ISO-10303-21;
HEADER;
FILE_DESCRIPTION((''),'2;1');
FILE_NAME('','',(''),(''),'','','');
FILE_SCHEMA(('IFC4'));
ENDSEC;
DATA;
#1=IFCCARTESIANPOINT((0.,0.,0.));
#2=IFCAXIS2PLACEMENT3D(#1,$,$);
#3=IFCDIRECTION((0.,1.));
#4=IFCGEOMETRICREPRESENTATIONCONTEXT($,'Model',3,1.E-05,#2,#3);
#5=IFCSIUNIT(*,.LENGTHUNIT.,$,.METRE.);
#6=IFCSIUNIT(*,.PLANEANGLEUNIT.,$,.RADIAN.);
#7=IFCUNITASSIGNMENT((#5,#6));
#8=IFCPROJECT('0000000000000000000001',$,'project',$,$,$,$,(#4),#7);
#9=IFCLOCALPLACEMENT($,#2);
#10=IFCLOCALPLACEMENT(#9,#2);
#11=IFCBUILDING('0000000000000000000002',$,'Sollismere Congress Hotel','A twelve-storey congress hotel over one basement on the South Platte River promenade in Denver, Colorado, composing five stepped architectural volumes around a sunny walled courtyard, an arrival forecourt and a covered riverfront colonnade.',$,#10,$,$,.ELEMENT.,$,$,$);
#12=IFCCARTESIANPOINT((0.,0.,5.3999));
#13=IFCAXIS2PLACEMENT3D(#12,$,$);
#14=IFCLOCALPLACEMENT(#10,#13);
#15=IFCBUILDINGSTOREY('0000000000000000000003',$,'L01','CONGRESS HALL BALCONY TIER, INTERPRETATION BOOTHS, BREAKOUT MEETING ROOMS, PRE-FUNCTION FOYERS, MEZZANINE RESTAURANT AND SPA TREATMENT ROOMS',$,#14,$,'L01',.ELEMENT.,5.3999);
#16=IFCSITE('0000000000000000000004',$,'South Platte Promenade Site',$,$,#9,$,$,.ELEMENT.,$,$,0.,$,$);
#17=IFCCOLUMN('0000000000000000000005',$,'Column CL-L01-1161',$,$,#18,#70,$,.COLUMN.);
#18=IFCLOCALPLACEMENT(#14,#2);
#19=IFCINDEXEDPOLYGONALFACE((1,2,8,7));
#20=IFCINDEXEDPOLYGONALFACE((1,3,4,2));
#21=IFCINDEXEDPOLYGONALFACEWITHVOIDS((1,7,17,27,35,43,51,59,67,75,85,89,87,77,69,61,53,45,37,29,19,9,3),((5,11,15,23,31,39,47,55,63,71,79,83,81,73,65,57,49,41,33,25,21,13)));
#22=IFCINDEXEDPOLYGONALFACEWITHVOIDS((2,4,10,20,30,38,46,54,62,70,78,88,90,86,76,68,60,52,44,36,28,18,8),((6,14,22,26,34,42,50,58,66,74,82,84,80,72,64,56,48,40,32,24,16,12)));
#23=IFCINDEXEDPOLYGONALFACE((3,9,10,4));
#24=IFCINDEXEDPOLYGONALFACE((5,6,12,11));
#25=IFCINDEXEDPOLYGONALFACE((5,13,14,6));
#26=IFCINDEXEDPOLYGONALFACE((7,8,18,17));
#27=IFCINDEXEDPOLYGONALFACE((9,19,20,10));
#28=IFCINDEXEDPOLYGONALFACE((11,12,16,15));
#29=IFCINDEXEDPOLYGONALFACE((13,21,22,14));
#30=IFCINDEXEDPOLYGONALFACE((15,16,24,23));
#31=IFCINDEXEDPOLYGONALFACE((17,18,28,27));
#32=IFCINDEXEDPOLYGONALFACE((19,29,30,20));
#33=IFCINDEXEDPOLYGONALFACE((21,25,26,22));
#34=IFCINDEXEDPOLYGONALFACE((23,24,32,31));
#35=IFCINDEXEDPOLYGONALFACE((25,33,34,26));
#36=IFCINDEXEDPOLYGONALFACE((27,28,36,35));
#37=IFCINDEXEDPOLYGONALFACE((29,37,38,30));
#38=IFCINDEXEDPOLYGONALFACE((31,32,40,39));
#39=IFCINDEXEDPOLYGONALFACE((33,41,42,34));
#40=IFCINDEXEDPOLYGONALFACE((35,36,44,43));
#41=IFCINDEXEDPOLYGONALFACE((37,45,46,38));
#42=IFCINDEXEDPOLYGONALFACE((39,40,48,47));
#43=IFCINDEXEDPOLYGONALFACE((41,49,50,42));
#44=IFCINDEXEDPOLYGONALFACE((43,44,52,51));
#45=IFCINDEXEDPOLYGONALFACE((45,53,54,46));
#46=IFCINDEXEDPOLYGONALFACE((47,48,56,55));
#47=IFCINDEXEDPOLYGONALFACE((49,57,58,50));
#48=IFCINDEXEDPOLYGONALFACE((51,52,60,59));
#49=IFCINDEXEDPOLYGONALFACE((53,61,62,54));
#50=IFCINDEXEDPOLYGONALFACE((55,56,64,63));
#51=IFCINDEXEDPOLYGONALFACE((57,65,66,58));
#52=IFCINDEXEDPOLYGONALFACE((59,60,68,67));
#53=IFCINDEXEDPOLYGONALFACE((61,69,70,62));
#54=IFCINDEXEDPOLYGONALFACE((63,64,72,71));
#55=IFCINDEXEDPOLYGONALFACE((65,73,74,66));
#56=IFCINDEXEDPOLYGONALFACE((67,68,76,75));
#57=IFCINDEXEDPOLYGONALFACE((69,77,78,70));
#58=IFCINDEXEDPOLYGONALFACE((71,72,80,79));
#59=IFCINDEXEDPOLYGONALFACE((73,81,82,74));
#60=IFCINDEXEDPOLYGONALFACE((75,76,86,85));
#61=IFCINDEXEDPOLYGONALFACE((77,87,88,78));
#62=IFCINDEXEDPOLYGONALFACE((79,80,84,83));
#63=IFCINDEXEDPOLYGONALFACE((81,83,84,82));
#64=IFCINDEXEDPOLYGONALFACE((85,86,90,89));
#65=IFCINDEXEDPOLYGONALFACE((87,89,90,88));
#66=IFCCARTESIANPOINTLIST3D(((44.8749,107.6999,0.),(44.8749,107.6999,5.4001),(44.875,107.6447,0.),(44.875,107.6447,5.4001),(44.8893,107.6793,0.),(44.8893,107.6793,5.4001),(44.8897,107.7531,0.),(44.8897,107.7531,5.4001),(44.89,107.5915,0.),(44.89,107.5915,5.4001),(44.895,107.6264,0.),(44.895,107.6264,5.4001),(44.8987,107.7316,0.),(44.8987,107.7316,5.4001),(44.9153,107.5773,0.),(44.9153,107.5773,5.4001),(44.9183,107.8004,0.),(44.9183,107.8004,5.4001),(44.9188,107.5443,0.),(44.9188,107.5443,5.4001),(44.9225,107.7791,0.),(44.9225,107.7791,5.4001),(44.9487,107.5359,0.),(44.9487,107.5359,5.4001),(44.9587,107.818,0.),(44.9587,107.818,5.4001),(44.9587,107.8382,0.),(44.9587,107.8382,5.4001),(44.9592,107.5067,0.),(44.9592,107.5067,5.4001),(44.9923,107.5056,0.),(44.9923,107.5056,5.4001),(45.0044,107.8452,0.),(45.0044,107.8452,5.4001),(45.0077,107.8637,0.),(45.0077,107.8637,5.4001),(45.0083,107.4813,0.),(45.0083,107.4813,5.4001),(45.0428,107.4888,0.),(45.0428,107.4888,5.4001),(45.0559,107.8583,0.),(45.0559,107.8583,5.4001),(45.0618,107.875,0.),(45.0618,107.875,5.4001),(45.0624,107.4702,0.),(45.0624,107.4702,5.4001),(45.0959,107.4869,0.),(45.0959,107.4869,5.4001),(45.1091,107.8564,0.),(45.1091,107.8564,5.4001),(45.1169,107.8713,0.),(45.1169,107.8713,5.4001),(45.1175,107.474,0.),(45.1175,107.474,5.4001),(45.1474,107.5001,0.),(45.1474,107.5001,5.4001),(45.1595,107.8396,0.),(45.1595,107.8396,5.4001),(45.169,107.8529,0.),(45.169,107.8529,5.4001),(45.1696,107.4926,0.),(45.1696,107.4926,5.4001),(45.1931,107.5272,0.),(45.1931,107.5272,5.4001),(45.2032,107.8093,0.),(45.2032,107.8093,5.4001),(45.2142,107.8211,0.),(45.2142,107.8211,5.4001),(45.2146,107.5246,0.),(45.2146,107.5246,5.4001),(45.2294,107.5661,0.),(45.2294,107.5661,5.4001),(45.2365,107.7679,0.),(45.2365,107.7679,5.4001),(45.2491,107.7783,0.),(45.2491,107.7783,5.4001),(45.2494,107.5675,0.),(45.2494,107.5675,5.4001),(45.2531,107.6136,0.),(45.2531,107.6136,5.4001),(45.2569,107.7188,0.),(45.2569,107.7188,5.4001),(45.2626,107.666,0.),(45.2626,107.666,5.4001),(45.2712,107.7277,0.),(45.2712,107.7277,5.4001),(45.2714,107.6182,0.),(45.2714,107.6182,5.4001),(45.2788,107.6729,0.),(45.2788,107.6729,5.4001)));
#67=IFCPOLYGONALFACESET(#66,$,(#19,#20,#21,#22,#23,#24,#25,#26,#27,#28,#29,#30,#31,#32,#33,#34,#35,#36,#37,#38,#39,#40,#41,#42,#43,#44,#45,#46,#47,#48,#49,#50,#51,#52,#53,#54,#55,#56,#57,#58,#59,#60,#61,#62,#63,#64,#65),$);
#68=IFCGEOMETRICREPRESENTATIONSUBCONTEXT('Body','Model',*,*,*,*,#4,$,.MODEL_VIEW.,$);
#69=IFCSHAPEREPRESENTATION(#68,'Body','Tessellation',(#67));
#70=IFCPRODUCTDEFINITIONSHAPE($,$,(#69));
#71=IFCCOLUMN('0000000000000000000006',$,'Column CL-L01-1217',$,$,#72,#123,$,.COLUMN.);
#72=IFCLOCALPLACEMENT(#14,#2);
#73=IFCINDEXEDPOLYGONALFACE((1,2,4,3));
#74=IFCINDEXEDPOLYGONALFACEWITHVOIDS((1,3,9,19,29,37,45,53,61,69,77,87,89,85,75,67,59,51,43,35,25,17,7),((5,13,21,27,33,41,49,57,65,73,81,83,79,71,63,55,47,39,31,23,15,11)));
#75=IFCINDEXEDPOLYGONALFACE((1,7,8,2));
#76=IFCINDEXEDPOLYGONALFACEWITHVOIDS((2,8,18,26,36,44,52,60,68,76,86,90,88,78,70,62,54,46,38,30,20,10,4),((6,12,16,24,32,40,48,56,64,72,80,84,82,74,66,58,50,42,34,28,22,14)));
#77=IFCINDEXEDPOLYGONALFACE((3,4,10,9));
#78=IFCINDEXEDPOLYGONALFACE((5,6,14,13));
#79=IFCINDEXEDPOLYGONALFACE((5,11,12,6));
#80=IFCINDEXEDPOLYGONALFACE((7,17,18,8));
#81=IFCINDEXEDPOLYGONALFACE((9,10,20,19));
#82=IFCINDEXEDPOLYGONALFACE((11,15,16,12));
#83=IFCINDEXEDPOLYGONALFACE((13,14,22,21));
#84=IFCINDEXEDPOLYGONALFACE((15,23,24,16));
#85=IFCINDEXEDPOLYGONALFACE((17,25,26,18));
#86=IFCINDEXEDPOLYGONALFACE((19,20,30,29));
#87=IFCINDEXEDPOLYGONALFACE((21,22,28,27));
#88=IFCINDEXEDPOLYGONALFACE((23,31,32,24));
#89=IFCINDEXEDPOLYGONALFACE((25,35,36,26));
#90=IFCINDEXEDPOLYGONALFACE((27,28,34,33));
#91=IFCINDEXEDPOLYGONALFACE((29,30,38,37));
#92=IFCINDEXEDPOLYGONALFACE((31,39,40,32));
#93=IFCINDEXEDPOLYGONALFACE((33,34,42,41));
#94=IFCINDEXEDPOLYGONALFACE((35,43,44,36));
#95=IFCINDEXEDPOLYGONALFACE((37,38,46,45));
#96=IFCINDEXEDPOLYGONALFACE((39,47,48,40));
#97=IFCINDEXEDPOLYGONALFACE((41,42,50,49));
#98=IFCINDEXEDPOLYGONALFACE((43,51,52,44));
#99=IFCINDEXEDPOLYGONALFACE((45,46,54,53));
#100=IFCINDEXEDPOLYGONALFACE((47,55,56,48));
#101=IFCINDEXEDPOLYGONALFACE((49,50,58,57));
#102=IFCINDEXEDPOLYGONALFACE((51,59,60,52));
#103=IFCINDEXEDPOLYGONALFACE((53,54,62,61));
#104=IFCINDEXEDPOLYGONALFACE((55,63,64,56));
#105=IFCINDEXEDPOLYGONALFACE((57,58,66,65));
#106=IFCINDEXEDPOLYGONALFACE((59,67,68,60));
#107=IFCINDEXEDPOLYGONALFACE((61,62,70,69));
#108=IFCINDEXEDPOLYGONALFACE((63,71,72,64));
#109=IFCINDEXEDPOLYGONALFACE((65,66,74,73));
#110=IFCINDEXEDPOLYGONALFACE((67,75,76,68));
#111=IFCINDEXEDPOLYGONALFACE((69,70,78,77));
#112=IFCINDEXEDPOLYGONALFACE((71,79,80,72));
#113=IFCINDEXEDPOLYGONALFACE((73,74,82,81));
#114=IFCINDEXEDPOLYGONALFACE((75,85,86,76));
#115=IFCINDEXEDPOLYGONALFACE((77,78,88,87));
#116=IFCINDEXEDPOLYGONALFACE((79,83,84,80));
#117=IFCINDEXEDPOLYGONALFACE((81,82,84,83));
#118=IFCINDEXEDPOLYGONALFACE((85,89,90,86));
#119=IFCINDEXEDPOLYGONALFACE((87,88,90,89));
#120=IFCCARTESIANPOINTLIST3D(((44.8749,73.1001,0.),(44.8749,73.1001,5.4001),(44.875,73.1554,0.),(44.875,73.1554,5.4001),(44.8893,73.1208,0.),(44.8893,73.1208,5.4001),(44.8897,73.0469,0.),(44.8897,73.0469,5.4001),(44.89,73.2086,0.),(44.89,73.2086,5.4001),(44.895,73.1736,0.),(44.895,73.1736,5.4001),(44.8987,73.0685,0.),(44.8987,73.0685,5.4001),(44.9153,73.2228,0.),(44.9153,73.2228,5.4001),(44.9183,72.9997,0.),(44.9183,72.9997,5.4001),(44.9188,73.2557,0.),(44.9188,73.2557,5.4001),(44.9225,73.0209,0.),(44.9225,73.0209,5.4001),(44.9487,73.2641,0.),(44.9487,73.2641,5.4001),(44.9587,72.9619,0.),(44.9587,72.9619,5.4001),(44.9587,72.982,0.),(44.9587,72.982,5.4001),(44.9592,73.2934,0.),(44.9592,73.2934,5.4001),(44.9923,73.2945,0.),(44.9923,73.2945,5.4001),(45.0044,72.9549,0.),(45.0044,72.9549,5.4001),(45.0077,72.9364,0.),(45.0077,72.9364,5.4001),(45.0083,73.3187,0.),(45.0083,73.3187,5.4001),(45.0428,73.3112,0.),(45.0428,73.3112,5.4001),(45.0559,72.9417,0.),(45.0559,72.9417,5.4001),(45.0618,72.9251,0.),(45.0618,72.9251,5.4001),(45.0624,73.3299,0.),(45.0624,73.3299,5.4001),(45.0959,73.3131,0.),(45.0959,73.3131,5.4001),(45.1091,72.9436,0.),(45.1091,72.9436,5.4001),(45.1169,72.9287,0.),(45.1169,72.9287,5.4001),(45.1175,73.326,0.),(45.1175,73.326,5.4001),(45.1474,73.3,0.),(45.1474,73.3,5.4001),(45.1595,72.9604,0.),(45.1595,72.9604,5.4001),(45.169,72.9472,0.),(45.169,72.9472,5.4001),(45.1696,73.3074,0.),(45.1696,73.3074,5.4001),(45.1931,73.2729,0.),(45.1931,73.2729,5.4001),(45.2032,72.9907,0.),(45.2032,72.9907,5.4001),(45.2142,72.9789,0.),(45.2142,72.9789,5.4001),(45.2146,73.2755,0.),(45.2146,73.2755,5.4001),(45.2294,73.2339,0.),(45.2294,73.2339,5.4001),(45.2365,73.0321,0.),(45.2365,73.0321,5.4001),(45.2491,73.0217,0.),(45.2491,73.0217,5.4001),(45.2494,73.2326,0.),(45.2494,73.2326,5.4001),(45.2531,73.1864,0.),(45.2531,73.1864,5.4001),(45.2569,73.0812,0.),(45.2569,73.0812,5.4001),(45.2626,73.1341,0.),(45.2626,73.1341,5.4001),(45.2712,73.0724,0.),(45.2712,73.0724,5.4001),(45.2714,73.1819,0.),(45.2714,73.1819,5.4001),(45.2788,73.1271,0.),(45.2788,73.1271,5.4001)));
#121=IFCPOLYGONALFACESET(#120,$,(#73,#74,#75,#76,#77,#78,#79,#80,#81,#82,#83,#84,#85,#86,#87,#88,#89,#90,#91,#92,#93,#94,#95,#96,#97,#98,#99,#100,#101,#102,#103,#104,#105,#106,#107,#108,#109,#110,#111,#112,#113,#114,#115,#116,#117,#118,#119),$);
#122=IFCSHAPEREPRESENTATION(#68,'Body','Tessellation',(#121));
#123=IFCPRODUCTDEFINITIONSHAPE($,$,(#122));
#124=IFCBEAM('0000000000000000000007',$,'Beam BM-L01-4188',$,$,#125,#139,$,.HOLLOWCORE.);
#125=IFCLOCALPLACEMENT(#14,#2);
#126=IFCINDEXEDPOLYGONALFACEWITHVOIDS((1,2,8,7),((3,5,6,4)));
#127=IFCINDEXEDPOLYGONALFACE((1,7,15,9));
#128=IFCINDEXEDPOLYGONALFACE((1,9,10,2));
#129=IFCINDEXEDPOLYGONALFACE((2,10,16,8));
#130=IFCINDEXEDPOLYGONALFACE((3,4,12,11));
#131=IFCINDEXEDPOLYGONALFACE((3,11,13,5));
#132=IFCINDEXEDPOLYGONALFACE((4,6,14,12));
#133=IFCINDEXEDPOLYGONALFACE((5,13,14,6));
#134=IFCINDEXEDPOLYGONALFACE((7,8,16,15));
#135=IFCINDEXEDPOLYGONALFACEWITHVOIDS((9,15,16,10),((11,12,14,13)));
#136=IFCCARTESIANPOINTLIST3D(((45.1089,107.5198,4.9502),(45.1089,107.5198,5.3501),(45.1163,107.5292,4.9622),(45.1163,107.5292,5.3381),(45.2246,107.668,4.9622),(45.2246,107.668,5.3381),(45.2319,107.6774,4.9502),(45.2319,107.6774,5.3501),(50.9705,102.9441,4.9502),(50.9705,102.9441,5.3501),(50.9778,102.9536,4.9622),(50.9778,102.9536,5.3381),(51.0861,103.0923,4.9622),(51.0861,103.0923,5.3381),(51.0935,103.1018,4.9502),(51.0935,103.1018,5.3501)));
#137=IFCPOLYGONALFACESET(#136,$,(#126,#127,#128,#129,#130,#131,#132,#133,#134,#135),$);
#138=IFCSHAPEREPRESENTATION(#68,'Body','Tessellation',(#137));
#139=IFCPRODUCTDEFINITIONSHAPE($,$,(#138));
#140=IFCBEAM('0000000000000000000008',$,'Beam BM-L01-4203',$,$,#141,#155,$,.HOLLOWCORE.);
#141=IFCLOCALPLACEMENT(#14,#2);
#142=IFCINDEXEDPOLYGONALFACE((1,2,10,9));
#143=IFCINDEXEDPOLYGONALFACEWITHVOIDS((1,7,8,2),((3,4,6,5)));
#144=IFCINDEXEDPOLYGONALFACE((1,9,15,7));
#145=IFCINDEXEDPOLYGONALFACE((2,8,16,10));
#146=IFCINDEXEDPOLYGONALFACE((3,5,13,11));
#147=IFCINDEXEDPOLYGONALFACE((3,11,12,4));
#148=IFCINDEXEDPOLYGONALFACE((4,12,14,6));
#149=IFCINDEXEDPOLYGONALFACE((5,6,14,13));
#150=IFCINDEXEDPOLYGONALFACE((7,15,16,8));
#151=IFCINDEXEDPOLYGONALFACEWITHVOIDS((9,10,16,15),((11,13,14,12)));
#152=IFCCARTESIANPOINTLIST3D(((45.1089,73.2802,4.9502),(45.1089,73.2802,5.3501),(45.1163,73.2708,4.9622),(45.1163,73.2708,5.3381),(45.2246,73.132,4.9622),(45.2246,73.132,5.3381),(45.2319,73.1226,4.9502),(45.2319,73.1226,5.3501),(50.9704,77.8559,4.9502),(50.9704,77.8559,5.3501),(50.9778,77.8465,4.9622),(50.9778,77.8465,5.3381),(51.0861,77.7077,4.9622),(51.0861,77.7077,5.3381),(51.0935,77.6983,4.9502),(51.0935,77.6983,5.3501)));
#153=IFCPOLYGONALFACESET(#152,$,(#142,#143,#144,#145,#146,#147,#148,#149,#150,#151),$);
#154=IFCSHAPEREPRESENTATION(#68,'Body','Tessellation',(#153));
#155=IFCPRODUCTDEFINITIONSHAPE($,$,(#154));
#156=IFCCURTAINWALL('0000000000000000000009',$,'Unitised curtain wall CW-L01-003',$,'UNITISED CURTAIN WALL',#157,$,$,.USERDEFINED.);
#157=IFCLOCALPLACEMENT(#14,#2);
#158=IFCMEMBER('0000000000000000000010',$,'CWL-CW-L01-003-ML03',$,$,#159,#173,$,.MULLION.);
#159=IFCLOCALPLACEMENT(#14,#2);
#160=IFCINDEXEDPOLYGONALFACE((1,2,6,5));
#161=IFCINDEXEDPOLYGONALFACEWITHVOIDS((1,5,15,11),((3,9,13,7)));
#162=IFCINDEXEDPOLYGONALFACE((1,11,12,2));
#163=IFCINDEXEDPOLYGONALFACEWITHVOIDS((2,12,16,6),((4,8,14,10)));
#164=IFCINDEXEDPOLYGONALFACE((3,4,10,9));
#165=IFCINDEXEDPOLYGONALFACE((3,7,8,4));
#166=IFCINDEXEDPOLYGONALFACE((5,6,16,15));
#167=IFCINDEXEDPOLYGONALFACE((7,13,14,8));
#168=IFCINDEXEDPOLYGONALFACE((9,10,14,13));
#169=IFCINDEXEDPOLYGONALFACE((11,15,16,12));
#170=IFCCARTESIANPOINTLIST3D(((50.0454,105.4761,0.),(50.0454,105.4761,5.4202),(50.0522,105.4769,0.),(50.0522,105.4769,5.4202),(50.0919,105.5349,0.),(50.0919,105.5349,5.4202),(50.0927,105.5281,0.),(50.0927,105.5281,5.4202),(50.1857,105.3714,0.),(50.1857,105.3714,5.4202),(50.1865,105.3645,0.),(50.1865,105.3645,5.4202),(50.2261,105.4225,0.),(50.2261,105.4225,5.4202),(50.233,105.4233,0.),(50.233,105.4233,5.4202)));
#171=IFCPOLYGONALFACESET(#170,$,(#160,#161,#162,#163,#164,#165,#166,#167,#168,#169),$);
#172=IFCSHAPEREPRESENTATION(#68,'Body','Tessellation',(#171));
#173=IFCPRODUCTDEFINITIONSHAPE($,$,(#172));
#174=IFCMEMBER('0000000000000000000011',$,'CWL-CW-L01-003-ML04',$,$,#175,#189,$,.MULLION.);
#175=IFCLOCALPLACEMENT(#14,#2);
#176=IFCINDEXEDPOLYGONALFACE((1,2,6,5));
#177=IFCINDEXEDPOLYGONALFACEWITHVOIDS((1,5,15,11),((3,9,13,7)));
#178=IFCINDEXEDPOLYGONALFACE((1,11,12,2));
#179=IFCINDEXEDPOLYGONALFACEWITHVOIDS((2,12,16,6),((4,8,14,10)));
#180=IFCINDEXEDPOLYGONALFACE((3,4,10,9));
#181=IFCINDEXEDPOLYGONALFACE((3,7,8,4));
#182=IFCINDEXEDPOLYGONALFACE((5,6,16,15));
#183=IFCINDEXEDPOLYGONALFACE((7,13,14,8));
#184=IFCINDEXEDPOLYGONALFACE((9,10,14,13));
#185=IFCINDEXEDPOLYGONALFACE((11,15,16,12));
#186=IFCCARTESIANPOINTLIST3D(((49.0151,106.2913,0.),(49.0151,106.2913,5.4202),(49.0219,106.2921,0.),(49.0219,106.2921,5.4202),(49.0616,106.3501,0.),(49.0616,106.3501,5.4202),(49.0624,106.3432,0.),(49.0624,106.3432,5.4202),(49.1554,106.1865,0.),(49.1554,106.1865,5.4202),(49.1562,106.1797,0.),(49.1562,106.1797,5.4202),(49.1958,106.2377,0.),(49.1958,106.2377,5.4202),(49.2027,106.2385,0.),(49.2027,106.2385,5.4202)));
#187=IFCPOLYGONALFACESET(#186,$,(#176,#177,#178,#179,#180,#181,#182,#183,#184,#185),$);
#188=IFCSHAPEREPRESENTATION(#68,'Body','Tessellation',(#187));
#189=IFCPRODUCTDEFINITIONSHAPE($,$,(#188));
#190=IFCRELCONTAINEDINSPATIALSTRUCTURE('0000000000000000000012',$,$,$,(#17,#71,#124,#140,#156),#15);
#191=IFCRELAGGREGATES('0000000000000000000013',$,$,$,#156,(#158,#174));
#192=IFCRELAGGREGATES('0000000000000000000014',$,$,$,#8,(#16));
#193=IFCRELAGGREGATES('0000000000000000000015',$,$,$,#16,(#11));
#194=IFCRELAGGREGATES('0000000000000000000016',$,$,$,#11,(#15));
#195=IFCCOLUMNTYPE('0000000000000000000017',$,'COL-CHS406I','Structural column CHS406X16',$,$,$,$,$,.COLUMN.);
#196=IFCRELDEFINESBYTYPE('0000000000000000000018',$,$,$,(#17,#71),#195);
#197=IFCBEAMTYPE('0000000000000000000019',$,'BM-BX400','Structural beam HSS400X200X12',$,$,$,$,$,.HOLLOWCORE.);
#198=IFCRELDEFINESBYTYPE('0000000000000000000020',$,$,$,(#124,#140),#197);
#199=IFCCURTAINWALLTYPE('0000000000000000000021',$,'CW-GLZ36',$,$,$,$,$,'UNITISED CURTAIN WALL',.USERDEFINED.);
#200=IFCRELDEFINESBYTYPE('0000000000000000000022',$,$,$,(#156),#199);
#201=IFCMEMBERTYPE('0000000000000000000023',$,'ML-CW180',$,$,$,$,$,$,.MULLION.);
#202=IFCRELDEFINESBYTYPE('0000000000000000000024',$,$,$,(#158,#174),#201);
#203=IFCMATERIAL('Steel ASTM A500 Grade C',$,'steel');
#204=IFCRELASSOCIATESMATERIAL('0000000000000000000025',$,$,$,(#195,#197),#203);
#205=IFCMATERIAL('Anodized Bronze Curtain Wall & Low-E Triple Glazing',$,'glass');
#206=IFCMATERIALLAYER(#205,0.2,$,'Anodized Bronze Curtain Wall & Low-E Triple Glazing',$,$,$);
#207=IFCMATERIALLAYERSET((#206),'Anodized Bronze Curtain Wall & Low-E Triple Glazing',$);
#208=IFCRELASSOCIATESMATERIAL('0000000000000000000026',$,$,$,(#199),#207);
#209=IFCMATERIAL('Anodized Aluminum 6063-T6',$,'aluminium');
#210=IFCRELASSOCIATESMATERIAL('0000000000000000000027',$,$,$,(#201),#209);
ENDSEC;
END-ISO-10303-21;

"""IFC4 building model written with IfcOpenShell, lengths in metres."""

from ifc_helpers import new_model, si_unit, direction, frame, origin, origin_2d, place, context, subcontext, project, spatial, hollow_rectangle, hollow_circle, extrude, material, layer, layer_set, material_profile, profile_set, type_object, element, aggregate, save


model = new_model("IFC4")

# Units and contexts
model_context = context("Model", 3, precision=1e-05, world=origin(), true_north=direction((0.0, 1.0)))
body_context = subcontext(model_context, "Body", "Model", "MODEL_VIEW")
ifc_project = project(units=[si_unit("LENGTHUNIT", "METRE"), si_unit("PLANEANGLEUNIT", "RADIAN")], contexts=[model_context])

# Site, building, storey
site_placement = place(None, origin())
site = spatial("IfcSite", under=ifc_project, at=site_placement, Name="South Platte Promenade Site", CompositionType="ELEMENT", RefElevation=0.0)
building_placement = place(site_placement, origin())
building = spatial("IfcBuilding", under=site, at=building_placement, Name="Sollismere Congress Hotel", Description="A twelve-storey congress hotel over one basement on the South Platte River promenade in Denver, Colorado, composing five stepped architectural volumes around a sunny walled courtyard, an arrival forecourt and a covered riverfront colonnade.", CompositionType="ELEMENT")
storey_placement = place(building_placement, frame((0.0, 0.0, 5.3999)))
storey = spatial("IfcBuildingStorey", under=building, at=storey_placement, Name="L01", Description="CONGRESS HALL BALCONY TIER, INTERPRETATION BOOTHS, BREAKOUT MEETING ROOMS, PRE-FUNCTION FOYERS, MEZZANINE RESTAURANT AND SPA TREATMENT ROOMS", LongName="L01", CompositionType="ELEMENT", Elevation=5.3999)

# Columns
ifc_material_1 = material(Name="Steel ASTM A500 Grade C", Category="steel")
ifc_material_profile_1 = material_profile(ifc_material_1, hollow_circle(Radius=0.2029, WallThickness=0.0161, at=origin_2d()), Name="CHS406X16")
ifc_profile_set_1 = profile_set([ifc_material_profile_1], Name="Steel ASTM A500 Grade C")
column_type = type_object("IfcColumnType", Name="COL-CHS406I", Description="Structural column CHS406X16", PredefinedType="COLUMN", material=ifc_profile_set_1)
for number, where, z_axis, x_axis, name in (
    (1, (45.0759, 107.6726, 0.0), (0.0, 0.0, 1.0), (0.68136, 0.731949, 0.0), "Column CL-L01-1161"),
    (2, (45.0759, 73.1274, 0.0), (0.0, 0.0, 1.0), (0.68136, -0.731949, 0.0), "Column CL-L01-1217"),
):
    element("IfcColumn", number, at=place(storey_placement, frame(where, z_axis=z_axis, x_axis=x_axis)), inside=storey, type_object=column_type, Name=name, PredefinedType="COLUMN", context=body_context, shape_type="SweptSolid", body=[
        extrude(hollow_circle(Radius=0.2029, WallThickness=0.0161, at=origin_2d()), origin(), (0.0, 0.0, 1.0), 5.4001),
    ])

# Beams
ifc_material_profile_2 = material_profile(ifc_material_1, hollow_rectangle(XDim=0.2, YDim=0.3999, WallThickness=0.012, at=origin_2d()), Name="HSS400X200X12")
ifc_profile_set_2 = profile_set([ifc_material_profile_2], Name="Steel ASTM A500 Grade C")
beam_type = type_object("IfcBeamType", Name="BM-BX400", Description="Structural beam HSS400X200X12", PredefinedType="HOLLOWCORE", material=ifc_profile_set_2)
for number, where, z_axis, x_axis, name in (
    (3, (51.032, 103.0229, 5.1501), (-0.788264, 0.615338, 0.0), (-0.615338, -0.788264, 0.0), "Beam BM-L01-4188"),
    (4, (45.1704, 73.2014, 5.1501), (0.788264, 0.615338, 0.0), (-0.615338, 0.788264, 0.0), "Beam BM-L01-4203"),
):
    element("IfcBeam", number, at=place(storey_placement, frame(where, z_axis=z_axis, x_axis=x_axis)), inside=storey, type_object=beam_type, Name=name, PredefinedType="HOLLOWCORE", context=body_context, shape_type="SweptSolid", body=[
        extrude(hollow_rectangle(XDim=0.2, YDim=0.3999, WallThickness=0.012, at=origin_2d()), origin(), (0.0, 0.0, 1.0), 7.436),
    ])

# Curtain wall, members
ifc_material_2 = material(Name="Anodized Bronze Curtain Wall & Low-E Triple Glazing", Category="glass")
ifc_layer_1 = layer(ifc_material_2, 0.2, Name="Anodized Bronze Curtain Wall & Low-E Triple Glazing")
ifc_layer_set_1 = layer_set([ifc_layer_1], Name="Anodized Bronze Curtain Wall & Low-E Triple Glazing")
curtain_wall_type = type_object("IfcCurtainWallType", Name="CW-GLZ36", ElementType="UNITISED CURTAIN WALL", PredefinedType="USERDEFINED", material=ifc_layer_set_1)
curtain_wall_1_placement = place(storey_placement, origin())
curtain_wall_1 = element("IfcCurtainWall", 5, at=curtain_wall_1_placement, inside=storey, type_object=curtain_wall_type, Name="Unitised curtain wall CW-L01-003", ObjectType="UNITISED CURTAIN WALL", PredefinedType="USERDEFINED")
ifc_material_3 = material(Name="Anodized Aluminum 6063-T6", Category="aluminium")
ifc_material_profile_3 = material_profile(ifc_material_3, hollow_rectangle(XDim=0.075, YDim=0.1799, WallThickness=0.0049, at=origin_2d()), Name="ALU180X75X5")
ifc_profile_set_3 = profile_set([ifc_material_profile_3], Name="Anodized Aluminum 6063-T6")
member_type_1 = type_object("IfcMemberType", Name="ML-CW180", PredefinedType="MULLION", material=ifc_profile_set_3)
member_1_placement = place(storey_placement, frame((50.1392, 105.4497, 0.0), z_axis=(0.0, 0.0, 1.0), x_axis=(-0.620532, -0.784181, 0.0)))
member_1 = element("IfcMember", 6, at=member_1_placement, type_object=member_type_1, Name="CWL-CW-L01-003-ML03", PredefinedType="MULLION", context=body_context, shape_type="SweptSolid", body=[
    extrude(hollow_rectangle(XDim=0.075, YDim=0.1799, WallThickness=0.0049, at=origin_2d()), origin(), (0.0, 0.0, 1.0), 5.4202),
])
member_2_placement = place(storey_placement, frame((49.1089, 106.2649, 0.0), z_axis=(0.0, 0.0, 1.0), x_axis=(-0.620532, -0.784181, 0.0)))
member_2 = element("IfcMember", 7, at=member_2_placement, type_object=member_type_1, Name="CWL-CW-L01-003-ML04", PredefinedType="MULLION", context=body_context, shape_type="SweptSolid", body=[
    extrude(hollow_rectangle(XDim=0.075, YDim=0.1799, WallThickness=0.0049, at=origin_2d()), origin(), (0.0, 0.0, 1.0), 5.4202),
])

aggregate(curtain_wall_1, [member_1, member_2])

save(model, "model.ifc")
